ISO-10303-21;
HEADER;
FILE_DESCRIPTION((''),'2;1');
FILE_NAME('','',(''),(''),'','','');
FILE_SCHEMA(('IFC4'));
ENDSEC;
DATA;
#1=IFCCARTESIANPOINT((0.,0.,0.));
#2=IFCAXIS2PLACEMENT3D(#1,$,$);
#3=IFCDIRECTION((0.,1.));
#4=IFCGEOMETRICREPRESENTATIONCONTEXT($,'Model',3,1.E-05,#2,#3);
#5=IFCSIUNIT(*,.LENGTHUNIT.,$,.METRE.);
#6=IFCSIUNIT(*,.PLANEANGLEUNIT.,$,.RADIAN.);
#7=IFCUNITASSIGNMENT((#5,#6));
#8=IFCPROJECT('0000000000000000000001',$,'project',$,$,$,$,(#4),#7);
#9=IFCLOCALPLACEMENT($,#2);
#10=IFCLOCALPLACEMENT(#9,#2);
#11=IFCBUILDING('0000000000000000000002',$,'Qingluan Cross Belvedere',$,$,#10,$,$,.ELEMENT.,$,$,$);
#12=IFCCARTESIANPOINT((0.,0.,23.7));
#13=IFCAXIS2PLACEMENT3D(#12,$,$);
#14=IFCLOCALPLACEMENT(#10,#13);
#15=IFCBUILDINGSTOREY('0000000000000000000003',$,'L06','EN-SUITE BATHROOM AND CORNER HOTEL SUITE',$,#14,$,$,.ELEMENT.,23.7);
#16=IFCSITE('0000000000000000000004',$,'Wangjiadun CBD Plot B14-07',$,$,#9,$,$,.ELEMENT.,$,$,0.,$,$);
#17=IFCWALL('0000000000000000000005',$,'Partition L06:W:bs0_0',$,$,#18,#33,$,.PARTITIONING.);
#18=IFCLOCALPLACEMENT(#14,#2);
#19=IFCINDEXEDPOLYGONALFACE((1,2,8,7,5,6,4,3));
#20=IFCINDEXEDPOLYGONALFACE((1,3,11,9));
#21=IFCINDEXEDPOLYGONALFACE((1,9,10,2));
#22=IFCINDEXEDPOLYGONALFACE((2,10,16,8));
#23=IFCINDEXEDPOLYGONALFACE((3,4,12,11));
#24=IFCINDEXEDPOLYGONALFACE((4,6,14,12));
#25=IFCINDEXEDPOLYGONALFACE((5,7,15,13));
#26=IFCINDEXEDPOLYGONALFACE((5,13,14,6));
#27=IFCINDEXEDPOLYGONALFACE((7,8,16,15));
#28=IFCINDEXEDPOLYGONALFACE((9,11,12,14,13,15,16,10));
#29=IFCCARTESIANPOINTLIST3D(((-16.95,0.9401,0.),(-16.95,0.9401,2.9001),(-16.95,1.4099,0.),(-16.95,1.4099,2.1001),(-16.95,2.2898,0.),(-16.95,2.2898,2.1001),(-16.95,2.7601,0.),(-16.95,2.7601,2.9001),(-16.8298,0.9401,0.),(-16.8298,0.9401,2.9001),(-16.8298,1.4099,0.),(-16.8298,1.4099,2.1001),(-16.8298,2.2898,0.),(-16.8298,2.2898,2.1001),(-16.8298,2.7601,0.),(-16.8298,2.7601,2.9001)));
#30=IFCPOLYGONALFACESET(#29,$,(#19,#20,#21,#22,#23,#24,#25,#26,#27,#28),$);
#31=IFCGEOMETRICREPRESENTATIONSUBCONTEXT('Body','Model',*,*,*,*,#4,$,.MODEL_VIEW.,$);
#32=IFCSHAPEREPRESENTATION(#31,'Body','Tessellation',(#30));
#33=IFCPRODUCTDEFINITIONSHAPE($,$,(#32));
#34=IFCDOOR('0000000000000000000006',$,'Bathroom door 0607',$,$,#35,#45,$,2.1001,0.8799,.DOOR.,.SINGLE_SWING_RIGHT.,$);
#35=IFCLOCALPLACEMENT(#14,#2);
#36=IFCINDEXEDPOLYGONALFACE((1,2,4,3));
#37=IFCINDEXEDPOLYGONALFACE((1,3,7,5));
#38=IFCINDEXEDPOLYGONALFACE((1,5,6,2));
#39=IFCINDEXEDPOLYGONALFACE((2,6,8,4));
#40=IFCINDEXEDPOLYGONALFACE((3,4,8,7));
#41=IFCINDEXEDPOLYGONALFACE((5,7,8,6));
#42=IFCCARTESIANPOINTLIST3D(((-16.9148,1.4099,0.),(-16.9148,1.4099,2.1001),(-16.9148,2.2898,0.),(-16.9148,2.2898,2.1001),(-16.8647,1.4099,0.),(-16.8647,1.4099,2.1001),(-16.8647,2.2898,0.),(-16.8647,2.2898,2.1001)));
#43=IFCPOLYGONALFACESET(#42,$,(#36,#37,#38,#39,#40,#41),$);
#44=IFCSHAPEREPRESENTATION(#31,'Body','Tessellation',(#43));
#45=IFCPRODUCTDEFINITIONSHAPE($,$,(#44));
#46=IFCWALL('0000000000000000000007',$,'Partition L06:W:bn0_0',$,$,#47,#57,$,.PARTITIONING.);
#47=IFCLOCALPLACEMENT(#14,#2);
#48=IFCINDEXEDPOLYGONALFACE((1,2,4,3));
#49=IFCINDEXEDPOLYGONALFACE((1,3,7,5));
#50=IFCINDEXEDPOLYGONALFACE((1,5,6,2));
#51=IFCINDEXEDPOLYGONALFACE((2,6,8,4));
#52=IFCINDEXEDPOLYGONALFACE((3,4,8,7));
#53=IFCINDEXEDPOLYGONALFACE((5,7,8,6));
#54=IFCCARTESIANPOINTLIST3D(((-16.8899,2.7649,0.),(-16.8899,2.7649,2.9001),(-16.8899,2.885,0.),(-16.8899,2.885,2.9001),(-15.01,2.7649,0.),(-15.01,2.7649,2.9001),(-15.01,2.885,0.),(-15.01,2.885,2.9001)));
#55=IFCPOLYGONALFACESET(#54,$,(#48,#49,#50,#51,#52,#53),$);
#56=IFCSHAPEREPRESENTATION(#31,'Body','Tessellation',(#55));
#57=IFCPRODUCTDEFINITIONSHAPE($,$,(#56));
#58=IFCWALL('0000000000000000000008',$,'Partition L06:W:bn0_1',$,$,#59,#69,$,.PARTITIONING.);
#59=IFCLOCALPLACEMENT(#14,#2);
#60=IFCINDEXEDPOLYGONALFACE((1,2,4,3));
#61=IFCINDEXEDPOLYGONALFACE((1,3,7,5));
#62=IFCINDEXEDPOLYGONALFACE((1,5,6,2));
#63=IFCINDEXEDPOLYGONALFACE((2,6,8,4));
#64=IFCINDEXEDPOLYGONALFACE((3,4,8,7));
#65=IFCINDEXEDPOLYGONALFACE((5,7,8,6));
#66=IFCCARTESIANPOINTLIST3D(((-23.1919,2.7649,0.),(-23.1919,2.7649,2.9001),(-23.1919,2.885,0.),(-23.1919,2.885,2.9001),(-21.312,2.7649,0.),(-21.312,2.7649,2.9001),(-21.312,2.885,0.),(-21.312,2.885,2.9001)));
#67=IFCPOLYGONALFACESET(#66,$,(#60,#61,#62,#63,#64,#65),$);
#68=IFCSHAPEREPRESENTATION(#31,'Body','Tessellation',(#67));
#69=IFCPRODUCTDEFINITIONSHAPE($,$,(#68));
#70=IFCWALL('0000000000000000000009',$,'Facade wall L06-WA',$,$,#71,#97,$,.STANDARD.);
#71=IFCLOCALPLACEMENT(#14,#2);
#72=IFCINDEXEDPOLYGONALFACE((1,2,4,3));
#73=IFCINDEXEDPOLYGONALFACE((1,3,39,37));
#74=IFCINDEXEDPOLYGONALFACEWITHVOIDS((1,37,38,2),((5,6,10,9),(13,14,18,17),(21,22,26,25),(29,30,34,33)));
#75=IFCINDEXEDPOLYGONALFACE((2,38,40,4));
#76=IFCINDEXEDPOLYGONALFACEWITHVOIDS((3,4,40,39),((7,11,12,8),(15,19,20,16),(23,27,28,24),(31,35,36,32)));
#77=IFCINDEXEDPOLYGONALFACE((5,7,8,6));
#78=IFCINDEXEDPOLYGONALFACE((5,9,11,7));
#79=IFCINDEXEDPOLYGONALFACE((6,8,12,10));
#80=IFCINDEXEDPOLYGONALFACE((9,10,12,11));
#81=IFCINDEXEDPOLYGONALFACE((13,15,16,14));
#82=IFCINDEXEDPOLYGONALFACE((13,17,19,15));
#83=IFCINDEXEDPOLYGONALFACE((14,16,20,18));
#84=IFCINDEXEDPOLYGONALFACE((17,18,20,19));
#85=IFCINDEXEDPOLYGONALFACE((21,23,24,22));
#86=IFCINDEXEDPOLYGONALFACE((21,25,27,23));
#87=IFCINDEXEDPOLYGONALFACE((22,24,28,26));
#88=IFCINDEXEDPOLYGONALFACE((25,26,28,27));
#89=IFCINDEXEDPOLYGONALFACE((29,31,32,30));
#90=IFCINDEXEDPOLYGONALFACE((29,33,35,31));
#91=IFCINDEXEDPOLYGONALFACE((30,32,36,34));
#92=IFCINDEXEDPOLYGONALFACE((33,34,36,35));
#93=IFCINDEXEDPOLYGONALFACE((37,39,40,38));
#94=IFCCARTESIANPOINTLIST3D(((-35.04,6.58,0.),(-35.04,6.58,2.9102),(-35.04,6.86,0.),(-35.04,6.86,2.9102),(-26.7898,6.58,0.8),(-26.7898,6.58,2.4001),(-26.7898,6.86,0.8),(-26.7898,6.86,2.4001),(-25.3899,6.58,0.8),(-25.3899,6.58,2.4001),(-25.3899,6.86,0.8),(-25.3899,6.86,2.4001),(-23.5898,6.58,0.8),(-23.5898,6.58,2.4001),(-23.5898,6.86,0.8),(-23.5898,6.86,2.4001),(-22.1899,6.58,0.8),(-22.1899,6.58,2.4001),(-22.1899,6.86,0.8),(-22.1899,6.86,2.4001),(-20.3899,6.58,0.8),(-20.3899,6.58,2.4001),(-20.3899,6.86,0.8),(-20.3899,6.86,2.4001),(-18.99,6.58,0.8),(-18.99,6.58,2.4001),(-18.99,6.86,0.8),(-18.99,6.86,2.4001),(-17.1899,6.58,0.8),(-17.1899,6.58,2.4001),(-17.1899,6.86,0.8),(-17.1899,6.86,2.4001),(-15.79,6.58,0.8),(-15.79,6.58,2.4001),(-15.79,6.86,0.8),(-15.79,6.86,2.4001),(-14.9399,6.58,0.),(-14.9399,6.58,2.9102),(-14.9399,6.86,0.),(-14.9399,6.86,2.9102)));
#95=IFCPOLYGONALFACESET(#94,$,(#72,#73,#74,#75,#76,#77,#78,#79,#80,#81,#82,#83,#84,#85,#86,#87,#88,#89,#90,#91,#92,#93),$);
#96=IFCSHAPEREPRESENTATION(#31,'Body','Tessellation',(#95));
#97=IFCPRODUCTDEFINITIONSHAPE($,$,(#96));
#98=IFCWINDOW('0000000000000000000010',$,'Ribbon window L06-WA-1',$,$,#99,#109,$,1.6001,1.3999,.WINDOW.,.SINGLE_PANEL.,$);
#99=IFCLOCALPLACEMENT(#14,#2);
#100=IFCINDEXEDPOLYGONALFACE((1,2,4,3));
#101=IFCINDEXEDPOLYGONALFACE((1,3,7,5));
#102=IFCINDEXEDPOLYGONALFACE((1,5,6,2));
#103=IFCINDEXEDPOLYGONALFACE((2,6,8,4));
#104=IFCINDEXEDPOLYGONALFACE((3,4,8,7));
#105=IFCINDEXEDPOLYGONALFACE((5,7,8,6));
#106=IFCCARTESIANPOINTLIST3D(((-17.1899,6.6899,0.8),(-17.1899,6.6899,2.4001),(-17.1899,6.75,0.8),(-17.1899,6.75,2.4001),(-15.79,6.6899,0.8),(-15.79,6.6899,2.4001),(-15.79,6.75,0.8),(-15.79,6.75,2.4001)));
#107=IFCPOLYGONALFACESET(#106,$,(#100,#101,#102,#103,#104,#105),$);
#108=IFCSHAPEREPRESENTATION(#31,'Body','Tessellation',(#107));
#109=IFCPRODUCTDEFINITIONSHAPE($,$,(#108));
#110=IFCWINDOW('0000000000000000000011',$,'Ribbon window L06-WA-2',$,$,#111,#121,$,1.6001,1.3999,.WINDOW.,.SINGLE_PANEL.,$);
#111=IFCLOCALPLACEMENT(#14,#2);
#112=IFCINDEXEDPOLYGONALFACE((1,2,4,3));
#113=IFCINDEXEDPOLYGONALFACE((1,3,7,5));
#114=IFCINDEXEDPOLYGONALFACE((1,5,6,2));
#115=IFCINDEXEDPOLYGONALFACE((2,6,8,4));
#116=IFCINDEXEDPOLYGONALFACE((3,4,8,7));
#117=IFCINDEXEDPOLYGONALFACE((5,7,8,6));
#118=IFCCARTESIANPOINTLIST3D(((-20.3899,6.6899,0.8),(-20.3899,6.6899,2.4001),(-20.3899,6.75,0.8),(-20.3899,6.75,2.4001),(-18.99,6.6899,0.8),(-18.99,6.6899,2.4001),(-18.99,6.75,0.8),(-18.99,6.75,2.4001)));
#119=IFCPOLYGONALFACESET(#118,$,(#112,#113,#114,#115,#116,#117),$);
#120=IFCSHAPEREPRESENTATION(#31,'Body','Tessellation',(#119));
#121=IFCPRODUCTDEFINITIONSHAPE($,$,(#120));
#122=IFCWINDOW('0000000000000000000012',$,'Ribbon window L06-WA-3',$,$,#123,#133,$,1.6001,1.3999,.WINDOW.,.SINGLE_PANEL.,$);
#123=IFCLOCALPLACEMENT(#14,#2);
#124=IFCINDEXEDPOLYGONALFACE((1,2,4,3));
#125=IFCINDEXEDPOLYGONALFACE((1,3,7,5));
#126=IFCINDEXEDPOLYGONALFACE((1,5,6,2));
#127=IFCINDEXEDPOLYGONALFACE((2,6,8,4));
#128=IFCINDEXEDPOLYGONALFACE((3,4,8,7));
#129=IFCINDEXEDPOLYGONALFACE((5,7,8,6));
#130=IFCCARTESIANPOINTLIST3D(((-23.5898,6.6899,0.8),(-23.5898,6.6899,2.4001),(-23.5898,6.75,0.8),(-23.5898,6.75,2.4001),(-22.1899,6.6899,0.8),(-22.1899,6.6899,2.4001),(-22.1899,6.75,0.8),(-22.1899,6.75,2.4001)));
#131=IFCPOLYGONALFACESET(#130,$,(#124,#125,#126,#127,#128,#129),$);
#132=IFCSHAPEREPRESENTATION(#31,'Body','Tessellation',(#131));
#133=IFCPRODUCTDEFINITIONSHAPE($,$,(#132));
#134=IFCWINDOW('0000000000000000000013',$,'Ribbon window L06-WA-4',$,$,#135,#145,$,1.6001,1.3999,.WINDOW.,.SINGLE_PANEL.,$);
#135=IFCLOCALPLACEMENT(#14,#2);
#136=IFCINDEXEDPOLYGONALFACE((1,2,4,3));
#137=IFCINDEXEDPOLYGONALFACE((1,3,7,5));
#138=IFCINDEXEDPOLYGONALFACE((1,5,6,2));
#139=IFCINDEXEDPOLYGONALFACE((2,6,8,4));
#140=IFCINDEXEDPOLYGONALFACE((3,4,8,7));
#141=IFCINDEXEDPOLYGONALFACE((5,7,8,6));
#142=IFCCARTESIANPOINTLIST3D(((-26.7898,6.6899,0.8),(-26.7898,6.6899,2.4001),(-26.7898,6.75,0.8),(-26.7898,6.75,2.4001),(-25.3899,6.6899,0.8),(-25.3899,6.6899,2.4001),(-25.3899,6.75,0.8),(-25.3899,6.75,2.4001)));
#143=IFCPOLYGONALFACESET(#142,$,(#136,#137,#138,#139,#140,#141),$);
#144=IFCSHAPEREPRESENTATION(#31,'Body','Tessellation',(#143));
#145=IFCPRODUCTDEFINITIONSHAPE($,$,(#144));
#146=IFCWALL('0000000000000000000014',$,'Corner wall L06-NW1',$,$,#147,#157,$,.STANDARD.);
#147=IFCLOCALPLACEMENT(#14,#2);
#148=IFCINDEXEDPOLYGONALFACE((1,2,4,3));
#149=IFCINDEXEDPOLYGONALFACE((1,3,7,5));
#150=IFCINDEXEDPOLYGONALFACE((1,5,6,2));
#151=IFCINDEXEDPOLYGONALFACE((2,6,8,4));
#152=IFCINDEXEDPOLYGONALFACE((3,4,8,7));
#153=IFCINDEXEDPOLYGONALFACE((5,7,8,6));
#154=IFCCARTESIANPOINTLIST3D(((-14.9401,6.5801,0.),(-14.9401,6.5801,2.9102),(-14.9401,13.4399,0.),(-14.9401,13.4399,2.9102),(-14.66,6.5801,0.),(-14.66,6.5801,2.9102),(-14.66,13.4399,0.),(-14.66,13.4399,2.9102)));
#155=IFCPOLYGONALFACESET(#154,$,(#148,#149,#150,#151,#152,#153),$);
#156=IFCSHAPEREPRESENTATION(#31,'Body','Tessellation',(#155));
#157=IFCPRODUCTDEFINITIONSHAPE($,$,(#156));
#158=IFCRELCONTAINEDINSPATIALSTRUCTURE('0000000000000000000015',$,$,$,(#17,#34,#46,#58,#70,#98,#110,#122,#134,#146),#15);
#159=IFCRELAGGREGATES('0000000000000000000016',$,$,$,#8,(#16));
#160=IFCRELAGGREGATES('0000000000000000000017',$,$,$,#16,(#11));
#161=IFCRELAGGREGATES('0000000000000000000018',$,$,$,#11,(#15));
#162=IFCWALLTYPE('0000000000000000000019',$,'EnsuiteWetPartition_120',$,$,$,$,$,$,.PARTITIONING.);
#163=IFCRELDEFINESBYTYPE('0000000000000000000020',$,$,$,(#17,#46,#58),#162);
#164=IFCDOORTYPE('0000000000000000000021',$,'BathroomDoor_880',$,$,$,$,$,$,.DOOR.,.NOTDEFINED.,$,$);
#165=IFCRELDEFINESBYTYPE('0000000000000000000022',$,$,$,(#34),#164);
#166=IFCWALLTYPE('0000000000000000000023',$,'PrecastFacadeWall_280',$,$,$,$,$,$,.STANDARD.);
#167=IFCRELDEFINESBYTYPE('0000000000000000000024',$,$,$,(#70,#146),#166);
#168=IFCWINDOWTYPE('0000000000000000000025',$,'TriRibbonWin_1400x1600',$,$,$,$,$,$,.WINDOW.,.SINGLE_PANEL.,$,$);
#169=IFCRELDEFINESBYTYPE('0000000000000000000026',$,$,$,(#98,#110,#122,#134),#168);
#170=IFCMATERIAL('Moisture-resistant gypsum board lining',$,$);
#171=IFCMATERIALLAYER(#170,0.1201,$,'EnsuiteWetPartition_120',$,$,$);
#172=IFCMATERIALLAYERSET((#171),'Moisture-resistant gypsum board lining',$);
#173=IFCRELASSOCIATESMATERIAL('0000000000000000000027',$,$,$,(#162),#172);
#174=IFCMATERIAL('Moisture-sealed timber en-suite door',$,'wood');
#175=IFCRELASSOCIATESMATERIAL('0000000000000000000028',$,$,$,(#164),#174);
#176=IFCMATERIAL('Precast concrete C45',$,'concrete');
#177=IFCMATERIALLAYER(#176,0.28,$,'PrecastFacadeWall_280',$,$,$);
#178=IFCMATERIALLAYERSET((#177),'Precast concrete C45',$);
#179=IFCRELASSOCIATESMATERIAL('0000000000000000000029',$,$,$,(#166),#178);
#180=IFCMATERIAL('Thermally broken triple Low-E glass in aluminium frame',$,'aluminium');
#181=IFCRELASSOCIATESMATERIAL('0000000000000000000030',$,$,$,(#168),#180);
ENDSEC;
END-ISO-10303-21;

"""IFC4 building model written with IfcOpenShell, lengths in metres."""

from ifc_helpers import new_model, si_unit, direction, frame, frame_2d, origin, place, context, subcontext, project, spatial, rectangle, extrude, material, layer, layer_set, type_object, element, fill, save


model = new_model("IFC4")

# Units and contexts
model_context = context("Model", 3, precision=1e-05, world=origin(), true_north=direction((0.0, 1.0)))
body_context = subcontext(model_context, "Body", "Model", "MODEL_VIEW")
ifc_project = project(units=[si_unit("LENGTHUNIT", "METRE"), si_unit("PLANEANGLEUNIT", "RADIAN")], contexts=[model_context])

# Site, building, storey
site_placement = place(None, origin())
site = spatial("IfcSite", under=ifc_project, at=site_placement, Name="Wangjiadun CBD Plot B14-07", CompositionType="ELEMENT", RefElevation=0.0)
building_placement = place(site_placement, origin())
building = spatial("IfcBuilding", under=site, at=building_placement, Name="Qingluan Cross Belvedere", CompositionType="ELEMENT")
storey_placement = place(building_placement, frame((0.0, 0.0, 23.7)))
storey = spatial("IfcBuildingStorey", under=building, at=storey_placement, Name="L06", Description="EN-SUITE BATHROOM AND CORNER HOTEL SUITE", CompositionType="ELEMENT", Elevation=23.7)

# Wall, opening, door
ifc_material_1 = material(Name="Moisture-resistant gypsum board lining")
ifc_layer_1 = layer(ifc_material_1, 0.1201, Name="EnsuiteWetPartition_120")
ifc_layer_set_1 = layer_set([ifc_layer_1], Name="Moisture-resistant gypsum board lining")
wall_type_1 = type_object("IfcWallType", Name="EnsuiteWetPartition_120", PredefinedType="PARTITIONING", material=ifc_layer_set_1)
wall_1_placement = place(storey_placement, frame((-16.8899, 0.9399, 0.0), z_axis=(0.0, 0.0, 1.0), x_axis=(0.0, 1.0, 0.0)))
wall_1 = element("IfcWall", 1, at=wall_1_placement, inside=storey, type_object=wall_type_1, Name="Partition L06:W:bs0_0", PredefinedType="PARTITIONING", context=body_context, shape_type="SweptSolid", body=[
    extrude(rectangle(XDim=1.8201, YDim=0.1201, at=frame_2d((0.9102, 0.0))), origin(), (0.0, 0.0, 1.0), 2.9001),
])
opening_1_placement = place(wall_1_placement, frame((0.47, 0.0, 0.0)))
opening_1 = element("IfcOpeningElement", 2, at=opening_1_placement, cuts=wall_1, PredefinedType="OPENING", context=body_context, shape_type="SweptSolid", body=[
    extrude(rectangle(XDim=0.8799, YDim=2.1001, at=frame_2d((0.4399, 1.05))), frame((0.0, 0.0701, 0.0), z_axis=(0.0, -1.0, 0.0), x_axis=(1.0, 0.0, 0.0)), (0.0, 0.0, 1.0), 0.1401),
])
ifc_material_2 = material(Name="Moisture-sealed timber en-suite door", Category="wood")
door_type_1 = type_object("IfcDoorType", Name="BathroomDoor_880", OperationType="NOTDEFINED", PredefinedType="DOOR", material=ifc_material_2)
door_1_placement = place(opening_1_placement, origin())
door_1 = element("IfcDoor", 3, at=door_1_placement, inside=storey, type_object=door_type_1, Name="Bathroom door 0607", OperationType="SINGLE_SWING_RIGHT", OverallHeight=2.1001, OverallWidth=0.8799, PredefinedType="DOOR", context=body_context, shape_type="SweptSolid", body=[
    extrude(rectangle(XDim=0.8799, YDim=2.1001, at=frame_2d((0.4399, 1.05))), frame((0.0, 0.0249, 0.0), z_axis=(0.0, -1.0, 0.0), x_axis=(1.0, 0.0, 0.0)), (0.0, 0.0, 1.0), 0.05),
])
fill(opening_1, door_1)

# Walls
wall_2_placement = place(storey_placement, frame((-15.01, 2.825, 0.0), z_axis=(0.0, 0.0, 1.0), x_axis=(-1.0, 0.0, 0.0)))
element("IfcWall", 4, at=wall_2_placement, inside=storey, type_object=wall_type_1, Name="Partition L06:W:bn0_0", PredefinedType="PARTITIONING", context=body_context, shape_type="SweptSolid", body=[
    extrude(rectangle(XDim=1.8799, YDim=0.1201, at=frame_2d((0.9399, 0.0))), origin(), (0.0, 0.0, 1.0), 2.9001),
])
wall_3_placement = place(storey_placement, frame((-21.312, 2.825, 0.0), z_axis=(0.0, 0.0, 1.0), x_axis=(-1.0, 0.0, 0.0)))
element("IfcWall", 5, at=wall_3_placement, inside=storey, type_object=wall_type_1, Name="Partition L06:W:bn0_1", PredefinedType="PARTITIONING", context=body_context, shape_type="SweptSolid", body=[
    extrude(rectangle(XDim=1.8799, YDim=0.1201, at=frame_2d((0.9399, 0.0))), origin(), (0.0, 0.0, 1.0), 2.9001),
])

# Wall, openings, windows
ifc_material_3 = material(Name="Precast concrete C45", Category="concrete")
ifc_layer_2 = layer(ifc_material_3, 0.28, Name="PrecastFacadeWall_280")
ifc_layer_set_2 = layer_set([ifc_layer_2], Name="Precast concrete C45")
wall_type_2 = type_object("IfcWallType", Name="PrecastFacadeWall_280", PredefinedType="STANDARD", material=ifc_layer_set_2)
wall_4_placement = place(storey_placement, frame((-14.9399, 6.72, 0.0), z_axis=(0.0, 0.0, 1.0), x_axis=(-1.0, 0.0, 0.0)))
wall_4 = element("IfcWall", 6, at=wall_4_placement, inside=storey, type_object=wall_type_2, Name="Facade wall L06-WA", PredefinedType="STANDARD", context=body_context, shape_type="SweptSolid", body=[
    extrude(rectangle(XDim=20.1001, YDim=0.28, at=frame_2d((10.05, 0.0))), origin(), (0.0, 0.0, 1.0), 2.9102),
])
opening_2_placement = place(wall_4_placement, frame((0.8501, 0.0, 0.8)))
opening_2 = element("IfcOpeningElement", 7, at=opening_2_placement, cuts=wall_4, PredefinedType="OPENING", context=body_context, shape_type="SweptSolid", body=[
    extrude(rectangle(XDim=1.3999, YDim=1.6001, at=frame_2d((0.7, 0.8))), frame((0.0, 0.1499, 0.0), z_axis=(0.0, -1.0, 0.0), x_axis=(1.0, 0.0, 0.0)), (0.0, 0.0, 1.0), 0.3),
])
opening_3_placement = place(wall_4_placement, frame((4.05, 0.0, 0.8)))
opening_3 = element("IfcOpeningElement", 8, at=opening_3_placement, cuts=wall_4, PredefinedType="OPENING", context=body_context, shape_type="SweptSolid", body=[
    extrude(rectangle(XDim=1.3999, YDim=1.6001, at=frame_2d((0.7, 0.8))), frame((0.0, 0.1499, 0.0), z_axis=(0.0, -1.0, 0.0), x_axis=(1.0, 0.0, 0.0)), (0.0, 0.0, 1.0), 0.3),
])
opening_4_placement = place(wall_4_placement, frame((7.25, 0.0, 0.8)))
opening_4 = element("IfcOpeningElement", 9, at=opening_4_placement, cuts=wall_4, PredefinedType="OPENING", context=body_context, shape_type="SweptSolid", body=[
    extrude(rectangle(XDim=1.3999, YDim=1.6001, at=frame_2d((0.7, 0.8))), frame((0.0, 0.1499, 0.0), z_axis=(0.0, -1.0, 0.0), x_axis=(1.0, 0.0, 0.0)), (0.0, 0.0, 1.0), 0.3),
])
opening_5_placement = place(wall_4_placement, frame((10.45, 0.0, 0.8)))
opening_5 = element("IfcOpeningElement", 10, at=opening_5_placement, cuts=wall_4, PredefinedType="OPENING", context=body_context, shape_type="SweptSolid", body=[
    extrude(rectangle(XDim=1.3999, YDim=1.6001, at=frame_2d((0.7, 0.8))), frame((0.0, 0.1499, 0.0), z_axis=(0.0, -1.0, 0.0), x_axis=(1.0, 0.0, 0.0)), (0.0, 0.0, 1.0), 0.3),
])
ifc_material_4 = material(Name="Thermally broken triple Low-E glass in aluminium frame", Category="aluminium")
window_type = type_object("IfcWindowType", Name="TriRibbonWin_1400x1600", PartitioningType="SINGLE_PANEL", PredefinedType="WINDOW", material=ifc_material_4)
window_1_placement = place(opening_2_placement, origin())
window_1 = element("IfcWindow", 11, at=window_1_placement, inside=storey, type_object=window_type, Name="Ribbon window L06-WA-1", OverallHeight=1.6001, OverallWidth=1.3999, PartitioningType="SINGLE_PANEL", PredefinedType="WINDOW", context=body_context, shape_type="SweptSolid", body=[
    extrude(rectangle(XDim=1.3999, YDim=1.6001, at=frame_2d((0.7, 0.8))), frame((0.0, 0.03, 0.0), z_axis=(0.0, -1.0, 0.0), x_axis=(1.0, 0.0, 0.0)), (0.0, 0.0, 1.0), 0.0601),
])
fill(opening_2, window_1)
window_2_placement = place(opening_3_placement, origin())
window_2 = element("IfcWindow", 12, at=window_2_placement, inside=storey, type_object=window_type, Name="Ribbon window L06-WA-2", OverallHeight=1.6001, OverallWidth=1.3999, PartitioningType="SINGLE_PANEL", PredefinedType="WINDOW", context=body_context, shape_type="SweptSolid", body=[
    extrude(rectangle(XDim=1.3999, YDim=1.6001, at=frame_2d((0.7, 0.8))), frame((0.0, 0.03, 0.0), z_axis=(0.0, -1.0, 0.0), x_axis=(1.0, 0.0, 0.0)), (0.0, 0.0, 1.0), 0.0601),
])
fill(opening_3, window_2)
window_3_placement = place(opening_4_placement, origin())
window_3 = element("IfcWindow", 13, at=window_3_placement, inside=storey, type_object=window_type, Name="Ribbon window L06-WA-3", OverallHeight=1.6001, OverallWidth=1.3999, PartitioningType="SINGLE_PANEL", PredefinedType="WINDOW", context=body_context, shape_type="SweptSolid", body=[
    extrude(rectangle(XDim=1.3999, YDim=1.6001, at=frame_2d((0.7, 0.8))), frame((0.0, 0.03, 0.0), z_axis=(0.0, -1.0, 0.0), x_axis=(1.0, 0.0, 0.0)), (0.0, 0.0, 1.0), 0.0601),
])
fill(opening_4, window_3)
window_4_placement = place(opening_5_placement, origin())
window_4 = element("IfcWindow", 14, at=window_4_placement, inside=storey, type_object=window_type, Name="Ribbon window L06-WA-4", OverallHeight=1.6001, OverallWidth=1.3999, PartitioningType="SINGLE_PANEL", PredefinedType="WINDOW", context=body_context, shape_type="SweptSolid", body=[
    extrude(rectangle(XDim=1.3999, YDim=1.6001, at=frame_2d((0.7, 0.8))), frame((0.0, 0.03, 0.0), z_axis=(0.0, -1.0, 0.0), x_axis=(1.0, 0.0, 0.0)), (0.0, 0.0, 1.0), 0.0601),
])
fill(opening_5, window_4)

# Wall
wall_5_placement = place(storey_placement, frame((-14.8, 6.5801, 0.0), z_axis=(0.0, 0.0, 1.0), x_axis=(0.0, 1.0, 0.0)))
element("IfcWall", 15, at=wall_5_placement, inside=storey, type_object=wall_type_2, Name="Corner wall L06-NW1", PredefinedType="STANDARD", context=body_context, shape_type="SweptSolid", body=[
    extrude(rectangle(XDim=6.8599, YDim=0.28, at=frame_2d((3.4299, 0.0))), origin(), (0.0, 0.0, 1.0), 2.9102),
])

save(model, "model.ifc")
